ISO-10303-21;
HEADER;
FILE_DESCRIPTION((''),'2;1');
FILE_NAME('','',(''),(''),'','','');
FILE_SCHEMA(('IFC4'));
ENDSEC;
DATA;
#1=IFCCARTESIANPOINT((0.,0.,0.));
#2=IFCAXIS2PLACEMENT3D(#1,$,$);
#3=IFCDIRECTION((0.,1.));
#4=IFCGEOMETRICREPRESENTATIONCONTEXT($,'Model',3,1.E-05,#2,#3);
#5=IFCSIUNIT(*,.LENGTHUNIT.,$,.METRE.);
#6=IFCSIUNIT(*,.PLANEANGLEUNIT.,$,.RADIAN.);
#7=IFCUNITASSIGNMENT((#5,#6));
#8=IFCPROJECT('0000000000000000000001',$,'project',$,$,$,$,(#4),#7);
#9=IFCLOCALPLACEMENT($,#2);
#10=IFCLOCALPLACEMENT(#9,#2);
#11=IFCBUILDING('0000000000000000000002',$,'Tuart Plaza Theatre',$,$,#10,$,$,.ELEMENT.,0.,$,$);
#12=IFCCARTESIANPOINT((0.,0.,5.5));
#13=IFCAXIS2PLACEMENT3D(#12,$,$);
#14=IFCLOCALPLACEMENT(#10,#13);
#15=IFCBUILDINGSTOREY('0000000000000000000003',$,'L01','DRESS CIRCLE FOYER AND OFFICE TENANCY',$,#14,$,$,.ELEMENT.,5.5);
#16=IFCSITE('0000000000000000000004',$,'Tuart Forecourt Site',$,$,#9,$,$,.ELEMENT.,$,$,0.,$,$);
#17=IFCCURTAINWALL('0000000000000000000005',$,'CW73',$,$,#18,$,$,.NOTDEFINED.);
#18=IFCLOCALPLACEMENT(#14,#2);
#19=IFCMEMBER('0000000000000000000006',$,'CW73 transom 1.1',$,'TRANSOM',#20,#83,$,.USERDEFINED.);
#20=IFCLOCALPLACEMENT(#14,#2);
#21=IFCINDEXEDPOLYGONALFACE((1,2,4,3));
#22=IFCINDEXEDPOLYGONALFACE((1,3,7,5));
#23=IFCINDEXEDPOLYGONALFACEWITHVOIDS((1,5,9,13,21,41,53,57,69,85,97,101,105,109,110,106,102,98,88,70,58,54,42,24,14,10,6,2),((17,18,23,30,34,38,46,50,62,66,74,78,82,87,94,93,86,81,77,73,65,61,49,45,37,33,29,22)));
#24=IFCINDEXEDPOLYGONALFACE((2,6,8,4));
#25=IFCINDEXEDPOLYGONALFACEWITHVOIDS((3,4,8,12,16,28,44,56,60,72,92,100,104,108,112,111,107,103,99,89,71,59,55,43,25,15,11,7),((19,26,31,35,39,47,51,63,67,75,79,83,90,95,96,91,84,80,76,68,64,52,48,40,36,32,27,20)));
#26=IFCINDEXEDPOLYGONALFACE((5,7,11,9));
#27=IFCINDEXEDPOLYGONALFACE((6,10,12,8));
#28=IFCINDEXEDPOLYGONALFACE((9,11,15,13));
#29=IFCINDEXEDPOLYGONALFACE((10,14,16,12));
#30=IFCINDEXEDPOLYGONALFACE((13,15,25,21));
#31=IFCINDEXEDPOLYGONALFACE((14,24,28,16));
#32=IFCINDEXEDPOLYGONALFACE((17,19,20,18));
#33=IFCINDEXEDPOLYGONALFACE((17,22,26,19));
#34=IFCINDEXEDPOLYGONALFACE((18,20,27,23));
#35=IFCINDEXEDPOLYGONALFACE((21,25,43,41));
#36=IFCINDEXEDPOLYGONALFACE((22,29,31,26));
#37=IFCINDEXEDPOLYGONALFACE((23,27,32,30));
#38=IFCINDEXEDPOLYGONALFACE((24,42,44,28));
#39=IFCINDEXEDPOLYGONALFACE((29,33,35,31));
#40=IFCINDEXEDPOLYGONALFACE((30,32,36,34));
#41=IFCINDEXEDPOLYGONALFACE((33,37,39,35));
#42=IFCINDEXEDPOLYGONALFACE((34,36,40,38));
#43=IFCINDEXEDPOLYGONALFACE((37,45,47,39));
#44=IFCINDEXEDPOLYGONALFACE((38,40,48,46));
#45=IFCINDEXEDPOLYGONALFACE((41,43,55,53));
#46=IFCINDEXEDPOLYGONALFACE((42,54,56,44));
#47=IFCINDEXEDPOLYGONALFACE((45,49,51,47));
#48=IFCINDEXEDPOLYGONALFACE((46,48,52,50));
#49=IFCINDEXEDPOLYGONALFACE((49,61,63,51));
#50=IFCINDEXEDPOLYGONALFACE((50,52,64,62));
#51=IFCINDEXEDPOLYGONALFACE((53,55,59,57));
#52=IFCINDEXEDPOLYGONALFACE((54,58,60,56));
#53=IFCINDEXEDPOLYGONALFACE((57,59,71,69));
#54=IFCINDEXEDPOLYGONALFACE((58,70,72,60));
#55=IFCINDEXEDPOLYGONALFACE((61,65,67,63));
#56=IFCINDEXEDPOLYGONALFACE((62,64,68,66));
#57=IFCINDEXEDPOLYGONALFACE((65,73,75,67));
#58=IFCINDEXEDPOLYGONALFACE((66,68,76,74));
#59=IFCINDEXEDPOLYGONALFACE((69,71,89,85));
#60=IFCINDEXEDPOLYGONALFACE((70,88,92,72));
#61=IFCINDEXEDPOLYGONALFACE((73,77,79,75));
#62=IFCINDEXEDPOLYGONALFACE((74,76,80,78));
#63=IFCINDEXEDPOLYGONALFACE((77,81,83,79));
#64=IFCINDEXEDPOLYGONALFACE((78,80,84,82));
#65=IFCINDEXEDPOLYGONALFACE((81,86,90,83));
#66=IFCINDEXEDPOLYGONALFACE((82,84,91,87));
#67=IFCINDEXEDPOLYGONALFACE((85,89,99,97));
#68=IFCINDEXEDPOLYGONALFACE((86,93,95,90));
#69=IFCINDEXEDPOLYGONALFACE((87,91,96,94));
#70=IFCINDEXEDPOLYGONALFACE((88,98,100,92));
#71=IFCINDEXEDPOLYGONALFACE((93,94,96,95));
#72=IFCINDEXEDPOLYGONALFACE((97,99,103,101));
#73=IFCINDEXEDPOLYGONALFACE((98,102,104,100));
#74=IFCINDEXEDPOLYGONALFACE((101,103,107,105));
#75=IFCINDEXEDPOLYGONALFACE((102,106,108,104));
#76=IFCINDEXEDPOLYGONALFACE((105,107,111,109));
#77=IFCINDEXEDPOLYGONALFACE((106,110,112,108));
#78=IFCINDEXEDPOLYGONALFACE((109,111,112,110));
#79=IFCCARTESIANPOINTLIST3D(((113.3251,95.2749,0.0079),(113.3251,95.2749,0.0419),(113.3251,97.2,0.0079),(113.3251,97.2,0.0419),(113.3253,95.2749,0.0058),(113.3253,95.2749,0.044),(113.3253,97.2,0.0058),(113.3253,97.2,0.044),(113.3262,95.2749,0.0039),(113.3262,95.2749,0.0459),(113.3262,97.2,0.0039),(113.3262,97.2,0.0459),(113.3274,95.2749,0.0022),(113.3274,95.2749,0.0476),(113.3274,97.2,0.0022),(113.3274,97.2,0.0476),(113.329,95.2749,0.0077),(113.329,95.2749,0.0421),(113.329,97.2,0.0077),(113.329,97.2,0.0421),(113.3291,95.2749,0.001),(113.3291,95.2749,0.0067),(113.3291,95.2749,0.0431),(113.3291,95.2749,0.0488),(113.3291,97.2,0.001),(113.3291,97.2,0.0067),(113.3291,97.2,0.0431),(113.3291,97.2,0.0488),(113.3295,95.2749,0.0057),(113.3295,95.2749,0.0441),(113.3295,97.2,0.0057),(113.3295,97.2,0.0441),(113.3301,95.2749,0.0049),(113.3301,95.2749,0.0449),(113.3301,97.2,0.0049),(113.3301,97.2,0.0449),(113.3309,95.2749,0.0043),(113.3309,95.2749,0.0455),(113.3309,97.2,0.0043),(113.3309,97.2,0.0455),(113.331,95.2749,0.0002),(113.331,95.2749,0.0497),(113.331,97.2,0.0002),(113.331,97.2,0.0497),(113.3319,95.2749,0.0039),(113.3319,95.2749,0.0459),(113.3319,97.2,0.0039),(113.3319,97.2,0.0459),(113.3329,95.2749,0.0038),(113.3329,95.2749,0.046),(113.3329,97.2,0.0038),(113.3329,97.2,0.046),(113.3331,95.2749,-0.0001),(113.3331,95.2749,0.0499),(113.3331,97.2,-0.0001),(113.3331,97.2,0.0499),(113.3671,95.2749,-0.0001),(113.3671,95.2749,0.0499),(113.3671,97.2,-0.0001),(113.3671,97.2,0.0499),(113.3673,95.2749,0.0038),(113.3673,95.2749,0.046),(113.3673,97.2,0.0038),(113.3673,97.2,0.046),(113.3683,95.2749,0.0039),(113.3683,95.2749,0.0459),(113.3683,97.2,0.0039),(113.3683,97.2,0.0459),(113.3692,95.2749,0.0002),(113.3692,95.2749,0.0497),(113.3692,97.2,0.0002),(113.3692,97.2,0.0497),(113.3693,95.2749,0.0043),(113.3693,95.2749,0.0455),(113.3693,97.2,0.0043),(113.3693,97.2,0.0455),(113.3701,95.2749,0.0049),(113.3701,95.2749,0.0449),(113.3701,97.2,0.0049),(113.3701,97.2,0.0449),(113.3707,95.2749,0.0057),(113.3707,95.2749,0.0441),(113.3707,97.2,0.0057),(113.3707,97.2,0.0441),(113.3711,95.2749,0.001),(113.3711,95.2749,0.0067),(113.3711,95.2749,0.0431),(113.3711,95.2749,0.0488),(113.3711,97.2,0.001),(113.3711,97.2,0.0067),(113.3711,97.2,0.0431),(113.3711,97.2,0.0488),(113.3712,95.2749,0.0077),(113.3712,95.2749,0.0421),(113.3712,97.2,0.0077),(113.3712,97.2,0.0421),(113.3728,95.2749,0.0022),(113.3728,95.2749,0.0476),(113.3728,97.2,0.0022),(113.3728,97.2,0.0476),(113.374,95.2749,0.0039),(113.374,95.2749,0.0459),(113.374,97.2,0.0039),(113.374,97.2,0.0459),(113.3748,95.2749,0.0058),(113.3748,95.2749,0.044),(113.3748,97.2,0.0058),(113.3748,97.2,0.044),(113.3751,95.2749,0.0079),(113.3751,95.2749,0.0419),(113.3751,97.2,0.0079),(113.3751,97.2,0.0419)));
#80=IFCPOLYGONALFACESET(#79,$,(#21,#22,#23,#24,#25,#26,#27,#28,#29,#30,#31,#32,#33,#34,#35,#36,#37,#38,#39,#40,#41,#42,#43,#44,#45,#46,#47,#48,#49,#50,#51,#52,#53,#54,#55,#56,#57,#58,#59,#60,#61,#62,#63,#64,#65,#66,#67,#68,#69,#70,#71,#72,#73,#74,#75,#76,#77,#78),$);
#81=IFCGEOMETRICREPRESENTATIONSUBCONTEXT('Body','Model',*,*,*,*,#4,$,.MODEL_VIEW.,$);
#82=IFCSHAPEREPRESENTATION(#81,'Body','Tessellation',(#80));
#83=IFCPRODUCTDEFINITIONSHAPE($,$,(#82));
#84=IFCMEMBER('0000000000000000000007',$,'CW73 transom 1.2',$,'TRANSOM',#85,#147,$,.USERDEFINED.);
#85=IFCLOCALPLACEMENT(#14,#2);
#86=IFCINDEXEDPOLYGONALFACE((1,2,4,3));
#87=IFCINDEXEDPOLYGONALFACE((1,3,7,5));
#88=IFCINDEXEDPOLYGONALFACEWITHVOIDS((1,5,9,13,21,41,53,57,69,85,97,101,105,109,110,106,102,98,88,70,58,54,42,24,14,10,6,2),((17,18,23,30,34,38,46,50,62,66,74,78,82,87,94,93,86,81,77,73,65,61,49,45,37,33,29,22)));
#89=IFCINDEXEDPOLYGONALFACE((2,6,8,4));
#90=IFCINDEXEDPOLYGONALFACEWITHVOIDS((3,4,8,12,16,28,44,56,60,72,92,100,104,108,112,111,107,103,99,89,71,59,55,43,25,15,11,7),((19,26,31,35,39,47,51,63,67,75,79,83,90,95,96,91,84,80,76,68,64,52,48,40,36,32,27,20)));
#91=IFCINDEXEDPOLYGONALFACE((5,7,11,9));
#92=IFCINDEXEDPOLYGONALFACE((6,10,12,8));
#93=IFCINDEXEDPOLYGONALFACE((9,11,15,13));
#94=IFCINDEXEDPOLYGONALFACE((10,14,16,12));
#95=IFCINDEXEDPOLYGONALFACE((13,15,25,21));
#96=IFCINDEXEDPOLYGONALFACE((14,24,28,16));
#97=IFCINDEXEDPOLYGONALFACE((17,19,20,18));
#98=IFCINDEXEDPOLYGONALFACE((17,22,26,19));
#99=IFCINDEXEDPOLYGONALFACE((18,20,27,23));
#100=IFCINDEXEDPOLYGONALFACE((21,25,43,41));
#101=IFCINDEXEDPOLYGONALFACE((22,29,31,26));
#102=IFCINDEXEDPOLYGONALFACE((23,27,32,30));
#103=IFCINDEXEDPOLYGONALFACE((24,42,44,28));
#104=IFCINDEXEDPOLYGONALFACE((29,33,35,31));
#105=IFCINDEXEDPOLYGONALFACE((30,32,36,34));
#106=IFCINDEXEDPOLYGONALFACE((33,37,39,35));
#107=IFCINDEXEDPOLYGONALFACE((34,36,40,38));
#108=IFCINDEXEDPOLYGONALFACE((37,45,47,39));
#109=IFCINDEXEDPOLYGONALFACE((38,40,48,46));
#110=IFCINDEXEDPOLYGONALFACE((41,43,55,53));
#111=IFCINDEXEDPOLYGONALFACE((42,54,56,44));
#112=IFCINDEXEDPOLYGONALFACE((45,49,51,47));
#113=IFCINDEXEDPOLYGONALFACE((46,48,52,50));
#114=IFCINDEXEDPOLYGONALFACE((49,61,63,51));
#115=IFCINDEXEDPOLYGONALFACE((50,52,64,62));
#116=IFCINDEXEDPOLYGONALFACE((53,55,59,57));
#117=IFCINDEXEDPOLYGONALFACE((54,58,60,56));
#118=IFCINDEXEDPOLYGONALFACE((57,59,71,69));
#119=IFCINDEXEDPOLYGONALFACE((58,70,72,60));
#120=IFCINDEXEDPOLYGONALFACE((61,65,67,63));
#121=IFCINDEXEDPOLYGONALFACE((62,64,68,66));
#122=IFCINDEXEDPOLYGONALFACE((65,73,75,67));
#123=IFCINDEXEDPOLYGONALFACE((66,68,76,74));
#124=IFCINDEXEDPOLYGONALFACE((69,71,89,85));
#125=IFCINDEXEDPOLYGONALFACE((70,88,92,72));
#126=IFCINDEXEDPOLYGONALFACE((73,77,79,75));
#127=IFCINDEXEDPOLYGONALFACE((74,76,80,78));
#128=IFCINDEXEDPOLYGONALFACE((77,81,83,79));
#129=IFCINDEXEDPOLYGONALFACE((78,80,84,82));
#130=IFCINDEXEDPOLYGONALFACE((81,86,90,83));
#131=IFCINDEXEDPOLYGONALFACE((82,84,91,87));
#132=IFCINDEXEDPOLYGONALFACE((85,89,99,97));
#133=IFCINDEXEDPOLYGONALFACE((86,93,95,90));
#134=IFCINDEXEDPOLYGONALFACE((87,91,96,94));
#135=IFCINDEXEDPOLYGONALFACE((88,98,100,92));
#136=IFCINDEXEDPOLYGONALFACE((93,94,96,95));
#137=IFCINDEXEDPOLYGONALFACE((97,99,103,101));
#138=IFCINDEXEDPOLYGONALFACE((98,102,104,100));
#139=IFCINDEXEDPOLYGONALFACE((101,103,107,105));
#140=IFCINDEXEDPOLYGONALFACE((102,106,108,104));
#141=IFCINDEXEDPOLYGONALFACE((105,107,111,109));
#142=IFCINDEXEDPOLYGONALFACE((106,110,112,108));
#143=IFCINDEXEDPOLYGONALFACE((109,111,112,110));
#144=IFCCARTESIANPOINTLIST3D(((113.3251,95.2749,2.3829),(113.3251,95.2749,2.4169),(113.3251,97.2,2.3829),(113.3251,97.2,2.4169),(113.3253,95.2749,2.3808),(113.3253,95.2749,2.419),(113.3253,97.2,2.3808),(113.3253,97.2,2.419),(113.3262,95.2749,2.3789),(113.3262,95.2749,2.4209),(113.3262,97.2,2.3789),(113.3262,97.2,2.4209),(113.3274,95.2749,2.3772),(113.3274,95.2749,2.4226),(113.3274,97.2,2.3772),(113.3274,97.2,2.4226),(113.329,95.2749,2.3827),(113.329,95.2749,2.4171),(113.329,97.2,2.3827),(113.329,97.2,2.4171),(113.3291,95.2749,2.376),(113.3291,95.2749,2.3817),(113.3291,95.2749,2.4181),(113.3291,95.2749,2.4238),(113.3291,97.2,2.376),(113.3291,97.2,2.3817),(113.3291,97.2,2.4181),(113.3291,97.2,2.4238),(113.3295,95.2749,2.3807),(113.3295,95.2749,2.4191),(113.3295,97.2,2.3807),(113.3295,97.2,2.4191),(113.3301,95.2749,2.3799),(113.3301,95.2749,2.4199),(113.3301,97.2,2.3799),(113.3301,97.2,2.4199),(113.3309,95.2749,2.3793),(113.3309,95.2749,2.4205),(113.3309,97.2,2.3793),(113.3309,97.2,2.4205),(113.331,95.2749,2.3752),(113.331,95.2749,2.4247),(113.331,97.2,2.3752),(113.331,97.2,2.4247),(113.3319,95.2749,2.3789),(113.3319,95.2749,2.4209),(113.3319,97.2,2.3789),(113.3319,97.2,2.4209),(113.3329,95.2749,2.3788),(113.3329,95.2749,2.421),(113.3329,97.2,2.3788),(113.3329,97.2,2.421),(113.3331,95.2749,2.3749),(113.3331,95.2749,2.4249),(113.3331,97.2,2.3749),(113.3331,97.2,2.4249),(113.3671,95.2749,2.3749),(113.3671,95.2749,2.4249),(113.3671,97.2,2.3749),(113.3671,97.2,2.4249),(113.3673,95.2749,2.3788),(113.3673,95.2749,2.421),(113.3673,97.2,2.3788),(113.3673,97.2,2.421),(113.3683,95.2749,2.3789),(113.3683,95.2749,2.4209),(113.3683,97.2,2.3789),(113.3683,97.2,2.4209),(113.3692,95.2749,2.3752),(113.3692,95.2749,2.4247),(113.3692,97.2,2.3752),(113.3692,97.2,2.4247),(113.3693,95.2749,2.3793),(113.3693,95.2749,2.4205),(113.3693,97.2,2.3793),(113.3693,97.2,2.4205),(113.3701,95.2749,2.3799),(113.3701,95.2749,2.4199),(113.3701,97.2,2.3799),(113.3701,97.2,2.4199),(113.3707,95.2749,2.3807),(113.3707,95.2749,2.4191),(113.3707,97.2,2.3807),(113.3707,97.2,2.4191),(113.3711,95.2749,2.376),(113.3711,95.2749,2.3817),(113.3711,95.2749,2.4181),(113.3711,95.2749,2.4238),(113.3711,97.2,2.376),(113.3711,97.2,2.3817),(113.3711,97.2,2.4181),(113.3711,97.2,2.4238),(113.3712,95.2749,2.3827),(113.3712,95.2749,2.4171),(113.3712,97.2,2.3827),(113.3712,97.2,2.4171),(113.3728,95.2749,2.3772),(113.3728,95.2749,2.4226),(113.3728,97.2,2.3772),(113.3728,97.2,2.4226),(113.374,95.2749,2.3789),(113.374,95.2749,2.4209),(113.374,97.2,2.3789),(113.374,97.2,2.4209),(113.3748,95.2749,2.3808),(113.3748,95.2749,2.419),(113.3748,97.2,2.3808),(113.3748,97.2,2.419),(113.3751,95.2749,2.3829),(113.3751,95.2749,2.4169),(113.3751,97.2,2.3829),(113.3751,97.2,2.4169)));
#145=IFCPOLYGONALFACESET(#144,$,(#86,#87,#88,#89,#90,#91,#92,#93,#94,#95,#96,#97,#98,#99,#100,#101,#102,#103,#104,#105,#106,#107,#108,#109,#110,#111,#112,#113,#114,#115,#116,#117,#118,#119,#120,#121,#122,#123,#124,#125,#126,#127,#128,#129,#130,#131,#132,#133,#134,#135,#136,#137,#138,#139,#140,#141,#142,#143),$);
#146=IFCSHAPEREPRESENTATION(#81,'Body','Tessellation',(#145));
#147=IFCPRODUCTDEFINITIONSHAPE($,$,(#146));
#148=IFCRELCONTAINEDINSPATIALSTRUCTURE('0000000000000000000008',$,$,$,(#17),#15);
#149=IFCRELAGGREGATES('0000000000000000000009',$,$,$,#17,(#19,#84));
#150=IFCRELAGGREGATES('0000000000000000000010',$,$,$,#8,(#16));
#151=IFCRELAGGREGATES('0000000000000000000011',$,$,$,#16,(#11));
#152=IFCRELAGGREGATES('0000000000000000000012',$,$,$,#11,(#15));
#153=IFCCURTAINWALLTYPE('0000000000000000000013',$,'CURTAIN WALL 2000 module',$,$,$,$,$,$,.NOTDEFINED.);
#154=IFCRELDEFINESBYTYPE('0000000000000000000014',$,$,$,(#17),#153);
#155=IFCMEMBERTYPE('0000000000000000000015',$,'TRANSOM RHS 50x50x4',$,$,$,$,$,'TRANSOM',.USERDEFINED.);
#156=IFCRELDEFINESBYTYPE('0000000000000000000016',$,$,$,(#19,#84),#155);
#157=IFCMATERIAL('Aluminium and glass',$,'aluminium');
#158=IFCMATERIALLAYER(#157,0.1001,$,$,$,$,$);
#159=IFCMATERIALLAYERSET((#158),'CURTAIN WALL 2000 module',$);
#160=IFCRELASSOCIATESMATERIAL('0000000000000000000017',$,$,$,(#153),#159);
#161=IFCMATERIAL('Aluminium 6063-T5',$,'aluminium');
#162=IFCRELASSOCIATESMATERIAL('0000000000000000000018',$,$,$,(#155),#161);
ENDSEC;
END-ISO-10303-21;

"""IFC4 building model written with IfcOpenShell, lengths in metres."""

from ifc_helpers import new_model, si_unit, direction, frame, origin, origin_2d, place, context, subcontext, project, spatial, hollow_rectangle, extrude, material, layer, layer_set, material_profile, profile_set, type_object, element, aggregate, save


model = new_model("IFC4")

# Units and contexts
model_context = context("Model", 3, precision=1e-05, world=origin(), true_north=direction((0.0, 1.0)))
body_context = subcontext(model_context, "Body", "Model", "MODEL_VIEW")
ifc_project = project(units=[si_unit("LENGTHUNIT", "METRE"), si_unit("PLANEANGLEUNIT", "RADIAN")], contexts=[model_context])

# Site, building, storey
site_placement = place(None, origin())
site = spatial("IfcSite", under=ifc_project, at=site_placement, Name="Tuart Forecourt Site", CompositionType="ELEMENT", RefElevation=0.0)
building_placement = place(site_placement, origin())
building = spatial("IfcBuilding", under=site, at=building_placement, Name="Tuart Plaza Theatre", CompositionType="ELEMENT", ElevationOfRefHeight=0.0)
storey_placement = place(building_placement, frame((0.0, 0.0, 5.5)))
storey = spatial("IfcBuildingStorey", under=building, at=storey_placement, Name="L01", Description="DRESS CIRCLE FOYER AND OFFICE TENANCY", CompositionType="ELEMENT", Elevation=5.5)

# Shared definitions
ifc_material_1 = material(Name="Aluminium and glass", Category="aluminium")
ifc_layer_1 = layer(ifc_material_1, 0.1001)
ifc_layer_set_1 = layer_set([ifc_layer_1], Name="CURTAIN WALL 2000 module")
curtain_wall_type = type_object("IfcCurtainWallType", Name="CURTAIN WALL 2000 module", PredefinedType="NOTDEFINED", material=ifc_layer_set_1)

# Curtain wall
curtain_wall_1_placement = place(storey_placement, origin())
curtain_wall_1 = element("IfcCurtainWall", 1, at=curtain_wall_1_placement, inside=storey, type_object=curtain_wall_type, Name="CW73", PredefinedType="NOTDEFINED")

# Members
ifc_material_2 = material(Name="Aluminium 6063-T5", Category="aluminium")
ifc_material_profile_1 = material_profile(ifc_material_2, hollow_rectangle(XDim=0.05, YDim=0.05, WallThickness=0.0039, InnerFilletRadius=0.0039, OuterFilletRadius=0.0081, at=origin_2d()), Name="RHS 50x50x4")
ifc_profile_set_1 = profile_set([ifc_material_profile_1], Name="Aluminium 6063-T5")
member_type_1 = type_object("IfcMemberType", Name="TRANSOM RHS 50x50x4", ElementType="TRANSOM", PredefinedType="USERDEFINED", material=ifc_profile_set_1)
member_1_placement = place(storey_placement, frame((113.3501, 97.2, 0.0249), z_axis=(0.0, -1.0, 0.0), x_axis=(1.0, 0.0, 0.0)))
member_1 = element("IfcMember", 2, at=member_1_placement, type_object=member_type_1, Name="CW73 transom 1.1", ObjectType="TRANSOM", PredefinedType="USERDEFINED", context=body_context, shape_type="SweptSolid", body=[
    extrude(hollow_rectangle(XDim=0.05, YDim=0.05, WallThickness=0.0039, InnerFilletRadius=0.0039, OuterFilletRadius=0.0081, at=origin_2d()), origin(), (0.0, 0.0, 1.0), 1.925),
])
member_2_placement = place(storey_placement, frame((113.3501, 97.2, 2.3999), z_axis=(0.0, -1.0, 0.0), x_axis=(1.0, 0.0, 0.0)))
member_2 = element("IfcMember", 3, at=member_2_placement, type_object=member_type_1, Name="CW73 transom 1.2", ObjectType="TRANSOM", PredefinedType="USERDEFINED", context=body_context, shape_type="SweptSolid", body=[
    extrude(hollow_rectangle(XDim=0.05, YDim=0.05, WallThickness=0.0039, InnerFilletRadius=0.0039, OuterFilletRadius=0.0081, at=origin_2d()), origin(), (0.0, 0.0, 1.0), 1.925),
])

aggregate(curtain_wall_1, [member_1, member_2])

save(model, "model.ifc")
